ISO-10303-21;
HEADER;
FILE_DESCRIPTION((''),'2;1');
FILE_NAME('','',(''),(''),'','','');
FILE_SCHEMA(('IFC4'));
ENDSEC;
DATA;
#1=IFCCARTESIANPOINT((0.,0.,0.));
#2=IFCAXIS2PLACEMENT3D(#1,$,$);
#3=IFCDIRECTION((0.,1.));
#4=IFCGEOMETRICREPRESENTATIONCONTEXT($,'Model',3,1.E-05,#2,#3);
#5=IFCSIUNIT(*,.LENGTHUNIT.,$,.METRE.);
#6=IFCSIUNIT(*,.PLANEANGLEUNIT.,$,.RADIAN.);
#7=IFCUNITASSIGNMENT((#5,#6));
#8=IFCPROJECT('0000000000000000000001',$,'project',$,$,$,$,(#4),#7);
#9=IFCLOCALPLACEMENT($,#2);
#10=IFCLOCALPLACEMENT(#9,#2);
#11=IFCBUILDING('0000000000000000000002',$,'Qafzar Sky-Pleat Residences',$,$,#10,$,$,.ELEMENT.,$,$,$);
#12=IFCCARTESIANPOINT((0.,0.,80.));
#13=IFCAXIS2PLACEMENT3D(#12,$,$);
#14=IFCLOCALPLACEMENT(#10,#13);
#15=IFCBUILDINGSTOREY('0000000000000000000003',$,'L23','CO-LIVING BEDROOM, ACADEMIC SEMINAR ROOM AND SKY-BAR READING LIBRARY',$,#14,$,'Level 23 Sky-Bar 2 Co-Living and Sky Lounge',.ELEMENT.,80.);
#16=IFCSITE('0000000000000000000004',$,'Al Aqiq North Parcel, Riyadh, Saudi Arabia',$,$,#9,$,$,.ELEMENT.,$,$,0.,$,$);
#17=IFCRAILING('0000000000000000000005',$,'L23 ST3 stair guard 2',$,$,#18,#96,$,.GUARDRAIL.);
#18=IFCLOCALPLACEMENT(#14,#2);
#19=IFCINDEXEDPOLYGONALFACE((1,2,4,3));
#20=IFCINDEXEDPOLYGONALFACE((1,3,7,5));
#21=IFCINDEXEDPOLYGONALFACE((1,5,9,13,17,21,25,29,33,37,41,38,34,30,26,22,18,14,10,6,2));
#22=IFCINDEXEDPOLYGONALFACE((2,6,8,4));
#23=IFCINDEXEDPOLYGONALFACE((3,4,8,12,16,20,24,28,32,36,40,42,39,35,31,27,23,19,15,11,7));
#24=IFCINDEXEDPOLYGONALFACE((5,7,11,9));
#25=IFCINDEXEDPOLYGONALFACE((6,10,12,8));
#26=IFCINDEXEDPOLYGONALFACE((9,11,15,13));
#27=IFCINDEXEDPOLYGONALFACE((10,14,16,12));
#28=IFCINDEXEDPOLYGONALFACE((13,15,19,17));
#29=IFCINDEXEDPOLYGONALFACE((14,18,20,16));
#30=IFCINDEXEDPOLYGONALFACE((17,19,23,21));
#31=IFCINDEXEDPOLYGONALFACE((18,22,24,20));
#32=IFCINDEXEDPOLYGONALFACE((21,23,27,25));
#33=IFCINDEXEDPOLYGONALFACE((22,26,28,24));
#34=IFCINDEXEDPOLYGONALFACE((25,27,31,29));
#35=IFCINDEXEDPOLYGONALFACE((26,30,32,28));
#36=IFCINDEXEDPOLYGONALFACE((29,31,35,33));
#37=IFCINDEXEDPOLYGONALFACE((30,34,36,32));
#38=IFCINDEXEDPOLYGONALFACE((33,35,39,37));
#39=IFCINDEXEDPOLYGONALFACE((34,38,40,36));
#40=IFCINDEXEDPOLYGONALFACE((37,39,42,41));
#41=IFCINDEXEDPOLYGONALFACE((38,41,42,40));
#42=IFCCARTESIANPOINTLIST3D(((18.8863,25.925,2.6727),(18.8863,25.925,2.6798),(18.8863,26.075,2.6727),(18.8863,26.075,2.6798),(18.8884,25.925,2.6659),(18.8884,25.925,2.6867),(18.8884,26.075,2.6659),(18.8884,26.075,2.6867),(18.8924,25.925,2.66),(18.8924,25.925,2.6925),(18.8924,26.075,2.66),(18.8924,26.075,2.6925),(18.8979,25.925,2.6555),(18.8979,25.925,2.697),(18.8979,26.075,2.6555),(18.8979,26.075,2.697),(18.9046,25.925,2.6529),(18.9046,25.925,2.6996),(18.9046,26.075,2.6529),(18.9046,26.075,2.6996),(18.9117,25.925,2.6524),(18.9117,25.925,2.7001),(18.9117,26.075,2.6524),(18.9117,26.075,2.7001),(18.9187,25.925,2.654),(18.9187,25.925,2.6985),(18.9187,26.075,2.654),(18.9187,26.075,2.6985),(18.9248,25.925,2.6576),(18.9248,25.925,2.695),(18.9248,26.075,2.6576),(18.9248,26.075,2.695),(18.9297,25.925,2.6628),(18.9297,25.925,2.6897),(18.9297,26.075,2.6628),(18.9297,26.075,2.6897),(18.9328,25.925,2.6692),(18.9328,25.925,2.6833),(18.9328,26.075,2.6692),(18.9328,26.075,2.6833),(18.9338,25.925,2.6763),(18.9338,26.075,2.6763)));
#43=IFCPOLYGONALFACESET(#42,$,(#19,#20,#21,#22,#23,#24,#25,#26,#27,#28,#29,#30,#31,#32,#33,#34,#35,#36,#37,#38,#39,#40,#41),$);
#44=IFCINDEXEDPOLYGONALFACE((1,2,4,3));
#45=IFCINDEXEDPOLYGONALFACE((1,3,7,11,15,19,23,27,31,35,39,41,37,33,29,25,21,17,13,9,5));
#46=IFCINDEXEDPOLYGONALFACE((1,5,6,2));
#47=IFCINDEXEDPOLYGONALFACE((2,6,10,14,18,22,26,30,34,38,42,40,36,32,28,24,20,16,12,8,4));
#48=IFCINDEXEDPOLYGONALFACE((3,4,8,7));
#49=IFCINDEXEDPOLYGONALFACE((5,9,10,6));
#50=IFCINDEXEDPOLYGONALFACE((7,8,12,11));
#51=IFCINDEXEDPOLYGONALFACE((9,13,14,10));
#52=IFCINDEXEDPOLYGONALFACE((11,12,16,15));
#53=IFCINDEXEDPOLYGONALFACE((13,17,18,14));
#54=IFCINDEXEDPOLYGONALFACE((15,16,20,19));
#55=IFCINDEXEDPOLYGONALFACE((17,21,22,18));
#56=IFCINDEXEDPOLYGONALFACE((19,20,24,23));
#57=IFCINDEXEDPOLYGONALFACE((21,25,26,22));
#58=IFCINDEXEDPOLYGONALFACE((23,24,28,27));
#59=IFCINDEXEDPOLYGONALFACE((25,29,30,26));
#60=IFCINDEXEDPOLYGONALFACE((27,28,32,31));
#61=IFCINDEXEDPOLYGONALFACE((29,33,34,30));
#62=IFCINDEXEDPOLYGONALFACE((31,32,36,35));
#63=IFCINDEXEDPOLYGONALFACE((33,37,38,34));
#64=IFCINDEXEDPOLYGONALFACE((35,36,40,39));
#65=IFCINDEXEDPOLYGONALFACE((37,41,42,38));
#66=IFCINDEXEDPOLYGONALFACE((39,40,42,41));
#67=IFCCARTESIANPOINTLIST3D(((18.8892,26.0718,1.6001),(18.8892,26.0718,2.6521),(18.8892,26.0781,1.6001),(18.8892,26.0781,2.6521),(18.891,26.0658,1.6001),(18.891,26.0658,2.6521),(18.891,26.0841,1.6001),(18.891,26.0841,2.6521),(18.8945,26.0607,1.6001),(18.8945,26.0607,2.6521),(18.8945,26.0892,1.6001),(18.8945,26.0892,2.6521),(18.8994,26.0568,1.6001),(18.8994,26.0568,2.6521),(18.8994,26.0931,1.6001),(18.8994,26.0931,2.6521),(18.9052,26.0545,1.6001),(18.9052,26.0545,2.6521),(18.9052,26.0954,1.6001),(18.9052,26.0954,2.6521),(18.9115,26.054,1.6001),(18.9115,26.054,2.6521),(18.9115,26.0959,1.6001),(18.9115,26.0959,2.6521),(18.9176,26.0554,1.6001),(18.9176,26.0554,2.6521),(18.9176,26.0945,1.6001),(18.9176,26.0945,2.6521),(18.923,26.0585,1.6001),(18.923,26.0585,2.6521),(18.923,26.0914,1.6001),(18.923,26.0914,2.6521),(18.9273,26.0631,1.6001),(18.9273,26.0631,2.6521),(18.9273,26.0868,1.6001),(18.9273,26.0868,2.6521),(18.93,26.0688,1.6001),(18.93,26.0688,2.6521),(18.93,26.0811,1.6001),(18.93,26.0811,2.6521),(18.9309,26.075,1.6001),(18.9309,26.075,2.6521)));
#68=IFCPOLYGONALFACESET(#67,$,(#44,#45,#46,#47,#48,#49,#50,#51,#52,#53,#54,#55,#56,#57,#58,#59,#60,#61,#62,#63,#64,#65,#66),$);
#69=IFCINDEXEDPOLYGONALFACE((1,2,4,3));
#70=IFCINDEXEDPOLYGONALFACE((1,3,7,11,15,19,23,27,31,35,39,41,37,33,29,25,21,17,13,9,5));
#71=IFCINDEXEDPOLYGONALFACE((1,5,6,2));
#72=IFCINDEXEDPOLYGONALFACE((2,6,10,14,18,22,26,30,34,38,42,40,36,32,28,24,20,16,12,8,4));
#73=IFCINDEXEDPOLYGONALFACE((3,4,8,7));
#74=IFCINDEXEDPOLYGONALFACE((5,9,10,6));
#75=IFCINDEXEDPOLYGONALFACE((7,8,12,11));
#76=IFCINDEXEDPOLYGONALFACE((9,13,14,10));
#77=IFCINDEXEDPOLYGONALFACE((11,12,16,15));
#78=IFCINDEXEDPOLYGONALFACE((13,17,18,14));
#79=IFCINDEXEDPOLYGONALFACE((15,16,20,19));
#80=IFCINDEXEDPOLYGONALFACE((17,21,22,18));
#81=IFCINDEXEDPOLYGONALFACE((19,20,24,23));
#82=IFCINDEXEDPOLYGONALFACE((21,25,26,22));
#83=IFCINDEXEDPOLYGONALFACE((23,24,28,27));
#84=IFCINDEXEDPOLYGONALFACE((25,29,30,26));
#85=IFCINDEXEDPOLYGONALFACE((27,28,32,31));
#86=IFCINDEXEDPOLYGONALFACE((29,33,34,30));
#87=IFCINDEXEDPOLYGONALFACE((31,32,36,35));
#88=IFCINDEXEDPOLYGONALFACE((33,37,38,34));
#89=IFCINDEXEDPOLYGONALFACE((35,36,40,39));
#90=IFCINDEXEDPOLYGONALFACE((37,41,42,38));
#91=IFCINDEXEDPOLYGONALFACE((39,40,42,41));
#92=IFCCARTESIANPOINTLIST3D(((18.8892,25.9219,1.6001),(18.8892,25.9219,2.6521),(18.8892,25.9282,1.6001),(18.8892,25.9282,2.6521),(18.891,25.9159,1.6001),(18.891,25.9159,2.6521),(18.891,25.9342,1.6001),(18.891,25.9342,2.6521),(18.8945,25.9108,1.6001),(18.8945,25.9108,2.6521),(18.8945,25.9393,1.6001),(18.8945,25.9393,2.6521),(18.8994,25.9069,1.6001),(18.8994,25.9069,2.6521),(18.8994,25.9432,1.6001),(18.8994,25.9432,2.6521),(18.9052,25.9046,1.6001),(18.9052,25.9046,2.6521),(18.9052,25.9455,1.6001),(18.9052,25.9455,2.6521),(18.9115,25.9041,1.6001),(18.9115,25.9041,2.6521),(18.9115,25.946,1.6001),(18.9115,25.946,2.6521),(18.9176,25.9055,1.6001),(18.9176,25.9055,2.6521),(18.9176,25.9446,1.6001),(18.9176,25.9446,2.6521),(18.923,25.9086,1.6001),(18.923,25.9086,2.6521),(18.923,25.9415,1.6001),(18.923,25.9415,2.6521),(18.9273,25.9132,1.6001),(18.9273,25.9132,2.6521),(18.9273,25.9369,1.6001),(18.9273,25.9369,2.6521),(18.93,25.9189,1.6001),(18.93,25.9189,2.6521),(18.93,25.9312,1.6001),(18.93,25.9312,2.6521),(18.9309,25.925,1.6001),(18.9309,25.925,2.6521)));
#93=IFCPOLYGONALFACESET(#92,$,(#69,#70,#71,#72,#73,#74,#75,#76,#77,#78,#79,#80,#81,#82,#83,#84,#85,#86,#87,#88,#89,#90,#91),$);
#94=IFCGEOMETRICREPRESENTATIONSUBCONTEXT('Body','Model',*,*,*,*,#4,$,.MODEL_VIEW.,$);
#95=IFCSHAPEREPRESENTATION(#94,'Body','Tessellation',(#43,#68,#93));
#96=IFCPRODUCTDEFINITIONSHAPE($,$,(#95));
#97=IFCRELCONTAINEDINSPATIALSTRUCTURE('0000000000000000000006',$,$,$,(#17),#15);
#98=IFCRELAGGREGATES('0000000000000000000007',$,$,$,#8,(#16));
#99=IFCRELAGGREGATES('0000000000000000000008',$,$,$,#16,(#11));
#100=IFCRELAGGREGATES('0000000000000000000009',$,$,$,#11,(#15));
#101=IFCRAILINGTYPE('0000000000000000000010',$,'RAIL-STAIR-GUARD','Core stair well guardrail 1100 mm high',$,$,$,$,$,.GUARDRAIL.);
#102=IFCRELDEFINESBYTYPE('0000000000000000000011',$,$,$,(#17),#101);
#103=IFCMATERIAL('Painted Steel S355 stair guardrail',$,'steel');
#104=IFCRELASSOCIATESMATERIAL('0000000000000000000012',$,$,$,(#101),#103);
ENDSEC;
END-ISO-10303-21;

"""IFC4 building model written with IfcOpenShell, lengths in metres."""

from ifc_helpers import new_model, si_unit, direction, frame, origin, origin_2d, place, context, subcontext, project, spatial, circle, extrude, source, transform, mapped, material, type_object, element, save


model = new_model("IFC4")

# Units and contexts
model_context = context("Model", 3, precision=1e-05, world=origin(), true_north=direction((0.0, 1.0)))
body_context = subcontext(model_context, "Body", "Model", "MODEL_VIEW")
ifc_project = project(units=[si_unit("LENGTHUNIT", "METRE"), si_unit("PLANEANGLEUNIT", "RADIAN")], contexts=[model_context])

# Site, building, storey
site_placement = place(None, origin())
site = spatial("IfcSite", under=ifc_project, at=site_placement, Name="Al Aqiq North Parcel, Riyadh, Saudi Arabia", CompositionType="ELEMENT", RefElevation=0.0)
building_placement = place(site_placement, origin())
building = spatial("IfcBuilding", under=site, at=building_placement, Name="Qafzar Sky-Pleat Residences", CompositionType="ELEMENT")
storey_placement = place(building_placement, frame((0.0, 0.0, 80.0)))
storey = spatial("IfcBuildingStorey", under=building, at=storey_placement, Name="L23", Description="CO-LIVING BEDROOM, ACADEMIC SEMINAR ROOM AND SKY-BAR READING LIBRARY", LongName="Level 23 Sky-Bar 2 Co-Living and Sky Lounge", CompositionType="ELEMENT", Elevation=80.0)

# Railing
ifc_material_1 = material(Name="Painted Steel S355 stair guardrail", Category="steel")
railing_type_1 = type_object("IfcRailingType", Name="RAIL-STAIR-GUARD", Description="Core stair well guardrail 1100 mm high", PredefinedType="GUARDRAIL", material=ifc_material_1)
shared_shape_1 = source(origin(), body_context, "Body", "SweptSolid", [
    extrude(circle(Radius=0.0239, at=origin_2d()), frame((0.0, 0.0, 1.0762), z_axis=(0.0, -1.0, 0.0), x_axis=(1.0, 0.0, 0.0)), (0.0, 0.0, 1.0), 0.1499),
    extrude(circle(Radius=0.021, at=origin_2d()), origin(), (0.0, 0.0, 1.0), 1.052),
    extrude(circle(Radius=0.021, at=origin_2d()), frame((0.0, -0.1499, 0.0)), (0.0, 0.0, 1.0), 1.052),
])
railing_1_placement = place(storey_placement, frame((18.9099, 26.075, 1.6001)))
element("IfcRailing", 1, at=railing_1_placement, inside=storey, type_object=railing_type_1, Name="L23 ST3 stair guard 2", PredefinedType="GUARDRAIL", context=body_context, shape_type="MappedRepresentation", body=[
    mapped(shared_shape_1, transform((0.0, 0.0, 0.0), x_axis=(1.0, 0.0, 0.0), y_axis=(0.0, 1.0, 0.0), z_axis=(0.0, 0.0, 1.0), scale=1.0)),
])

save(model, "model.ifc")
